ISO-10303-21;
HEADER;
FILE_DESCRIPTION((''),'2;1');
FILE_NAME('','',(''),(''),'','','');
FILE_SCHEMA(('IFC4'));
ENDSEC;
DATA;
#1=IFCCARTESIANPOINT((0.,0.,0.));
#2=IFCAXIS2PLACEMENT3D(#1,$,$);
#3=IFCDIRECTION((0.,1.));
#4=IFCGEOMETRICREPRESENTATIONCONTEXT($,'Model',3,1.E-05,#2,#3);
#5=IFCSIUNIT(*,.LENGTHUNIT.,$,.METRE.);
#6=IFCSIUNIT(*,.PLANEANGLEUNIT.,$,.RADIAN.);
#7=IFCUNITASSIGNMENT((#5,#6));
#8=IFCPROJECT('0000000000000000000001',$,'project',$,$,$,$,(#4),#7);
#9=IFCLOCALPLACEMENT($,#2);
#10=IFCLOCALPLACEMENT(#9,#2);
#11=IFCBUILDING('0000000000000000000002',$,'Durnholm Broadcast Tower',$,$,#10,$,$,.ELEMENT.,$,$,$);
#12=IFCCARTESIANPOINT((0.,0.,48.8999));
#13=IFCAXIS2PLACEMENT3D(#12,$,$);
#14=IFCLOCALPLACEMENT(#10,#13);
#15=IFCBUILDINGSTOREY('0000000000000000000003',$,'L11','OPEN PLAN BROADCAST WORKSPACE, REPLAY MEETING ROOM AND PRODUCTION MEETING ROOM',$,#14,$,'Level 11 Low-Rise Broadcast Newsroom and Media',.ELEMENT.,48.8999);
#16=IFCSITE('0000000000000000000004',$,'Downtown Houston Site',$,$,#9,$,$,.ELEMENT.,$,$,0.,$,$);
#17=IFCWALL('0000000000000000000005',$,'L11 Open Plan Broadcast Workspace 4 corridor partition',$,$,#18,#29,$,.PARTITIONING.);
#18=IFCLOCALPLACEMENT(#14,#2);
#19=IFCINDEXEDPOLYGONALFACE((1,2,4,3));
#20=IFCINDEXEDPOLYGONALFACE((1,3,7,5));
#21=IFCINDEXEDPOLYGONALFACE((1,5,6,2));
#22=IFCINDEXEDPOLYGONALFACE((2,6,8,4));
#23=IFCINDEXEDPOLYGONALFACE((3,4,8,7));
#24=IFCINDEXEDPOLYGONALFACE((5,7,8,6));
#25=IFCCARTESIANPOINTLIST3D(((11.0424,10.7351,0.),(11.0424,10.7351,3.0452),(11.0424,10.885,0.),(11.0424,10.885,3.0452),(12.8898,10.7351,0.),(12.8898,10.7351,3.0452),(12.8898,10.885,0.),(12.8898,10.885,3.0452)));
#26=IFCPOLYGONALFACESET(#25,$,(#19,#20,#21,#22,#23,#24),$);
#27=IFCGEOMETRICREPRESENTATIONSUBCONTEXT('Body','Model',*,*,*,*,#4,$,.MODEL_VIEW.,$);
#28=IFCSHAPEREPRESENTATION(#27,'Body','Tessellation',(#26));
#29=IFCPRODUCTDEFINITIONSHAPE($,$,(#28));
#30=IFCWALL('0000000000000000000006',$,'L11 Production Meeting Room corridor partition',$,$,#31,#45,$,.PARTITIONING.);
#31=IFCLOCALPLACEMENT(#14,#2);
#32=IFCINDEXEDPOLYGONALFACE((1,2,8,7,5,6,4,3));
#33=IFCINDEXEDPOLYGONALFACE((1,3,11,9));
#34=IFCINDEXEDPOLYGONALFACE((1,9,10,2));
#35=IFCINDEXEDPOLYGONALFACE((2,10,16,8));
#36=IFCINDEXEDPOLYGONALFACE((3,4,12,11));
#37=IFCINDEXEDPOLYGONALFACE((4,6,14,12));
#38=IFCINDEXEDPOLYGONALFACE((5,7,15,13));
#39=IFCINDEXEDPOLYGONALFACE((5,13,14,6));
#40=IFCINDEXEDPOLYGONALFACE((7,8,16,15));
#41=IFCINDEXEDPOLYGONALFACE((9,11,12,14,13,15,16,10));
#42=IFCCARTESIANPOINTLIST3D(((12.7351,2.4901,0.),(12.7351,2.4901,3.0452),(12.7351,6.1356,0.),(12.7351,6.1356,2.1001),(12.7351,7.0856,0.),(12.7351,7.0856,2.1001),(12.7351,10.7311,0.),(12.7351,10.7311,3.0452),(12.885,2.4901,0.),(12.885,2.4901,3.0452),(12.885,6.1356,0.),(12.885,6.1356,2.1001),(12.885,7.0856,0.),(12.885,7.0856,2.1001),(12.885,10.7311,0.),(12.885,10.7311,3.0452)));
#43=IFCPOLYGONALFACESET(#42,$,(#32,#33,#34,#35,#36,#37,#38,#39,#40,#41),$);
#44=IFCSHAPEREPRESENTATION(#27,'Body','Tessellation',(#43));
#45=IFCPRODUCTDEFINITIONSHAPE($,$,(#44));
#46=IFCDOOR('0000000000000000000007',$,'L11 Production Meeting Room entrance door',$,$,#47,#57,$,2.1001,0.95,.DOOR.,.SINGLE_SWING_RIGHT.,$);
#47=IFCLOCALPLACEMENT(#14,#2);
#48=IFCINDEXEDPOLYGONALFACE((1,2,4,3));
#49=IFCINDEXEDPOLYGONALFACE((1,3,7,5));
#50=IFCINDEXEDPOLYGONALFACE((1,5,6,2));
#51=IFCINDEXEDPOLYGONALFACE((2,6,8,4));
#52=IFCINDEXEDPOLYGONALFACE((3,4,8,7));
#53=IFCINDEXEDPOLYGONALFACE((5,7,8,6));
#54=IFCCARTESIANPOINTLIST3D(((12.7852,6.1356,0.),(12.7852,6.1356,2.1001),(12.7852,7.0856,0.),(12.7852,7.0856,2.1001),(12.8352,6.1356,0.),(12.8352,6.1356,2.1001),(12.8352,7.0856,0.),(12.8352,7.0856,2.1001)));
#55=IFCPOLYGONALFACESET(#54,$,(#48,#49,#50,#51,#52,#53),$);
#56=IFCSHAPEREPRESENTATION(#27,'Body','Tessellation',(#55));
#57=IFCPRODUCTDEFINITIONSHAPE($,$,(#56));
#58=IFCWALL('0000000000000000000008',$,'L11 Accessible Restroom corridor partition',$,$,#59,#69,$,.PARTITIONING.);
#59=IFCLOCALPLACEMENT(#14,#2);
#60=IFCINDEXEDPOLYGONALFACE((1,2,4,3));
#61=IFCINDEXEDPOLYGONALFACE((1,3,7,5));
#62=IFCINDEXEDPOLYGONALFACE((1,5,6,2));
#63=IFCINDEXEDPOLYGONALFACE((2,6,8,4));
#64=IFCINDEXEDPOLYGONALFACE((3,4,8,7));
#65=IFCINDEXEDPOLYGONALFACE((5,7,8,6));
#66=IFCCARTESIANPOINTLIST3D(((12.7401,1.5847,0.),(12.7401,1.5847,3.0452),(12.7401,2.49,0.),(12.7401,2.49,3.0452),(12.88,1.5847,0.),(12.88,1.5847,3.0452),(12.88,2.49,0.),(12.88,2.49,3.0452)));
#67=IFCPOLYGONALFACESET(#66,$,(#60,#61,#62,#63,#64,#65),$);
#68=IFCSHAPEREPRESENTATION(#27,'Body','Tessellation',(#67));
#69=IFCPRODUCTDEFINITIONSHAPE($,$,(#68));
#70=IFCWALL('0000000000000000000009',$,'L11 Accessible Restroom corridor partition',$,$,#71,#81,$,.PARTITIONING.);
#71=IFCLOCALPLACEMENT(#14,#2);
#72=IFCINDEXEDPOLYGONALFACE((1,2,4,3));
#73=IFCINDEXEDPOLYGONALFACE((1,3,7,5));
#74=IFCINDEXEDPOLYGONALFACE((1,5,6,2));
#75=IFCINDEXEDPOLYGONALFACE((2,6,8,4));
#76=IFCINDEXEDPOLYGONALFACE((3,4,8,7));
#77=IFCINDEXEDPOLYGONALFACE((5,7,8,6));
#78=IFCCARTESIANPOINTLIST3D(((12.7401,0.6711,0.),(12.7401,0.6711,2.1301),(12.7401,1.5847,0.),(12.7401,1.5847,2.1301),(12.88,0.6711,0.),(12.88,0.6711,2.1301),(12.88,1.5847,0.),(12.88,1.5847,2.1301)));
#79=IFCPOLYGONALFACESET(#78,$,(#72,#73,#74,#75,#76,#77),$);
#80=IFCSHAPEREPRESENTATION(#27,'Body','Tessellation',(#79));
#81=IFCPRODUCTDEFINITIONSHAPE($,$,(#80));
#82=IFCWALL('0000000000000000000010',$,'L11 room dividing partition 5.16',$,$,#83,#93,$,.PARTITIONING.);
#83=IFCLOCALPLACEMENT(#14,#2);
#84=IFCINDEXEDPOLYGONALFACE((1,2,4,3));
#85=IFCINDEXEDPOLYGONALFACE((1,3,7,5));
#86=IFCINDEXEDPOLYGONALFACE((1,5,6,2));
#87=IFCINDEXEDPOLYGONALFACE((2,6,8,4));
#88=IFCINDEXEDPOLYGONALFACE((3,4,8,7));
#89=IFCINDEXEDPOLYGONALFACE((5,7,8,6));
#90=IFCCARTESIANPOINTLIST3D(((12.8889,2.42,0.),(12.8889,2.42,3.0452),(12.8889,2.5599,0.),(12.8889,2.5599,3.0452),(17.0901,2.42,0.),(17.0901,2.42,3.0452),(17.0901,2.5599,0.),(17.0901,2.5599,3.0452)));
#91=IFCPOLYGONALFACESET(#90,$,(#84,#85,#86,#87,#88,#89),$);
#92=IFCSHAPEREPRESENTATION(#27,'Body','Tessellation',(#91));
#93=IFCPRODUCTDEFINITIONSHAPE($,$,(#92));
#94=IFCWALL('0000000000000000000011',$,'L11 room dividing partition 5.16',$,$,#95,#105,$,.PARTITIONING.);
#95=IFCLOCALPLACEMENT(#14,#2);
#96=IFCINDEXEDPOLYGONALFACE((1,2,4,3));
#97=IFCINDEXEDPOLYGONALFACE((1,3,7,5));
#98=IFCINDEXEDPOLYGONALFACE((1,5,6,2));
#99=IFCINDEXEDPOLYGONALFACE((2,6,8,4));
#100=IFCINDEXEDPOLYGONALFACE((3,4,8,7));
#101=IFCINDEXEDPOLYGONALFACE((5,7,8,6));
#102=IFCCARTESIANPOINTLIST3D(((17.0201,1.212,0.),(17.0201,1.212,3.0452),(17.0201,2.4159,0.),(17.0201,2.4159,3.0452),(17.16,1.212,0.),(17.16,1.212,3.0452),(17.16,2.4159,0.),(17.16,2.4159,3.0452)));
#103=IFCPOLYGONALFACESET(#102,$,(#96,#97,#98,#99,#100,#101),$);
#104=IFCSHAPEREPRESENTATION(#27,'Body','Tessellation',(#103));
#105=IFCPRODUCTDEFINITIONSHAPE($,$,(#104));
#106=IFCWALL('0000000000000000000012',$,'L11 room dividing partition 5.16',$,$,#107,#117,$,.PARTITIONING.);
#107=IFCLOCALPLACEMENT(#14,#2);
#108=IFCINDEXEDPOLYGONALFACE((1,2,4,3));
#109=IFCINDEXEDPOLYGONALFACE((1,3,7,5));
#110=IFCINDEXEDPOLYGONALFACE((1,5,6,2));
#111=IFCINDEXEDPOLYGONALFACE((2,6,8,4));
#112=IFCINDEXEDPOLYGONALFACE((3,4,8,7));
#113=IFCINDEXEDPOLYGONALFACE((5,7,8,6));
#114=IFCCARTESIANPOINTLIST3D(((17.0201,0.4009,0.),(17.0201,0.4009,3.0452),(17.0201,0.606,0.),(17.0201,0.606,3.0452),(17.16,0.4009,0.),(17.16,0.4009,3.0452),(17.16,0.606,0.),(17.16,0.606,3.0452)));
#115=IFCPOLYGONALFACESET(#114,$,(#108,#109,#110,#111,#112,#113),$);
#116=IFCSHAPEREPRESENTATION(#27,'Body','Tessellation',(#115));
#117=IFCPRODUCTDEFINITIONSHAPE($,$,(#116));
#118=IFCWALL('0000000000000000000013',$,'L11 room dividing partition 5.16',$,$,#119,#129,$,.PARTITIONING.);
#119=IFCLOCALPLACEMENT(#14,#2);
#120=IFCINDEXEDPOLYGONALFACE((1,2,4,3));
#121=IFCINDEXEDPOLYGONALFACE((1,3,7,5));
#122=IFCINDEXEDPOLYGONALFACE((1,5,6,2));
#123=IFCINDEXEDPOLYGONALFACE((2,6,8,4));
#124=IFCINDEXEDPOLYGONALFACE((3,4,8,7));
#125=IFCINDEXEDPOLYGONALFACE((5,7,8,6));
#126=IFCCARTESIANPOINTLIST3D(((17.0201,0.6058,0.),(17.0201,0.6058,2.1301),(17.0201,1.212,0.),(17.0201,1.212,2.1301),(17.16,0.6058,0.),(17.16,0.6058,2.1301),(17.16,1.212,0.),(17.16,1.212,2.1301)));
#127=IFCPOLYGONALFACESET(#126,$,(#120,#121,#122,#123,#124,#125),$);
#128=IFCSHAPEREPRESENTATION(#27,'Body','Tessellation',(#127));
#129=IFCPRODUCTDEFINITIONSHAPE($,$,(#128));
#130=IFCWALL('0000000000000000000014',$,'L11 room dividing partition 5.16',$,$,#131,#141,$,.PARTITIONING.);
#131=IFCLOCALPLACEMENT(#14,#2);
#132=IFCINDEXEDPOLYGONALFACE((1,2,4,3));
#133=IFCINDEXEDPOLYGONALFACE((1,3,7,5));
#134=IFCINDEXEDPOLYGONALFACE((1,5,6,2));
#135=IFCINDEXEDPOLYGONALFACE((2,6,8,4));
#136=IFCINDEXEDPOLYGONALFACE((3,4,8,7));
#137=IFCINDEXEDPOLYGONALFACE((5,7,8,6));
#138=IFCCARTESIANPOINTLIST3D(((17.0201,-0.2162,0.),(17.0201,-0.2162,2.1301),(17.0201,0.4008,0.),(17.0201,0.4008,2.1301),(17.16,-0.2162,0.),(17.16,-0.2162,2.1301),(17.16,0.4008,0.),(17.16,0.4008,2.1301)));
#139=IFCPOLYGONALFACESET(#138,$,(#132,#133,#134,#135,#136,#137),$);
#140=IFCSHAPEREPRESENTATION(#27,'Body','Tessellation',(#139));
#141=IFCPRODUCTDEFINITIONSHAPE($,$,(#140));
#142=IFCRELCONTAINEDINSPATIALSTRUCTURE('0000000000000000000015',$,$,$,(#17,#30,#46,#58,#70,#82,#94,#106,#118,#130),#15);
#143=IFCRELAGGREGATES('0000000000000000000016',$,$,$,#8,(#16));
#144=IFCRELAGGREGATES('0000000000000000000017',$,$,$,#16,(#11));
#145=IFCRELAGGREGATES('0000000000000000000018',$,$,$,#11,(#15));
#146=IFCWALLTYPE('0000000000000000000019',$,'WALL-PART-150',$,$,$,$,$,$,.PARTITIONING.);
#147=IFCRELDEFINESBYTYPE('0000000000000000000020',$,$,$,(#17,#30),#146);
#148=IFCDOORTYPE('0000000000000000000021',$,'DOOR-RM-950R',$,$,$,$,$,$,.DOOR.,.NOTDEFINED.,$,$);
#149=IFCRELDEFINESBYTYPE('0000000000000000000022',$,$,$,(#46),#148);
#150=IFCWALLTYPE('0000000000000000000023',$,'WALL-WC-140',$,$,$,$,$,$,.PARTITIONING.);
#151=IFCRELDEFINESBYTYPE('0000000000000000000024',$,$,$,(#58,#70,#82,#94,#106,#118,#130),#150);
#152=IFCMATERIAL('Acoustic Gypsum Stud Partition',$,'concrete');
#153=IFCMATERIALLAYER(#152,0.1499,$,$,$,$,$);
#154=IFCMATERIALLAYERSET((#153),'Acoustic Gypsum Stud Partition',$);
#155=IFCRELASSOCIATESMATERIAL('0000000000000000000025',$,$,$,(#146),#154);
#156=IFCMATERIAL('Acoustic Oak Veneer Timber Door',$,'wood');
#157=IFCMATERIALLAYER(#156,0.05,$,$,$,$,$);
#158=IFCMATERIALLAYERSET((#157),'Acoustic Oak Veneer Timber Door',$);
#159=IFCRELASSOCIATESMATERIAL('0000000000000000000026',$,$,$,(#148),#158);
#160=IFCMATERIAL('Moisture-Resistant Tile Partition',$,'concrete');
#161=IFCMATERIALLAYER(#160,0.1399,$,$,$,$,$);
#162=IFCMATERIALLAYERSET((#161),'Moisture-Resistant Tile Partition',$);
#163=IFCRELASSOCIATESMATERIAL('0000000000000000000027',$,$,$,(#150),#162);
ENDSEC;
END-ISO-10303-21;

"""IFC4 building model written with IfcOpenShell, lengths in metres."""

from ifc_helpers import new_model, si_unit, direction, frame, frame_2d, origin, place, context, subcontext, project, spatial, rectangle, extrude, source, transform, mapped, material, layer, layer_set, type_object, type_shapes, element, fill, save


model = new_model("IFC4")

# Units and contexts
model_context = context("Model", 3, precision=1e-05, world=origin(), true_north=direction((0.0, 1.0)))
body_context = subcontext(model_context, "Body", "Model", "MODEL_VIEW")
ifc_project = project(units=[si_unit("LENGTHUNIT", "METRE"), si_unit("PLANEANGLEUNIT", "RADIAN")], contexts=[model_context])

# Site, building, storey
site_placement = place(None, origin())
site = spatial("IfcSite", under=ifc_project, at=site_placement, Name="Downtown Houston Site", CompositionType="ELEMENT", RefElevation=0.0)
building_placement = place(site_placement, origin())
building = spatial("IfcBuilding", under=site, at=building_placement, Name="Durnholm Broadcast Tower", CompositionType="ELEMENT")
storey_placement = place(building_placement, frame((0.0, 0.0, 48.8999)))
storey = spatial("IfcBuildingStorey", under=building, at=storey_placement, Name="L11", Description="OPEN PLAN BROADCAST WORKSPACE, REPLAY MEETING ROOM AND PRODUCTION MEETING ROOM", LongName="Level 11 Low-Rise Broadcast Newsroom and Media", CompositionType="ELEMENT", Elevation=48.8999)

# Wall
ifc_material_1 = material(Name="Acoustic Gypsum Stud Partition", Category="concrete")
ifc_layer_1 = layer(ifc_material_1, 0.1499)
ifc_layer_set_1 = layer_set([ifc_layer_1], Name="Acoustic Gypsum Stud Partition")
wall_type_1 = type_object("IfcWallType", Name="WALL-PART-150", PredefinedType="PARTITIONING", material=ifc_layer_set_1)
wall_1_placement = place(storey_placement, frame((12.8899, 10.8101, 0.0), z_axis=(0.0, 0.0, 1.0), x_axis=(-1.0, 0.0, 0.0)))
element("IfcWall", 1, at=wall_1_placement, inside=storey, type_object=wall_type_1, Name="L11 Open Plan Broadcast Workspace 4 corridor partition", PredefinedType="PARTITIONING", context=body_context, shape_type="SweptSolid", body=[
    extrude(rectangle(XDim=1.8474, YDim=0.1499, at=frame_2d((0.9238, 0.0))), origin(), (0.0, 0.0, 1.0), 3.0452),
])

# Wall, opening, door
wall_2_placement = place(storey_placement, frame((12.8101, 2.49, 0.0), z_axis=(0.0, 0.0, 1.0), x_axis=(0.0, 1.0, 0.0)))
wall_2 = element("IfcWall", 2, at=wall_2_placement, inside=storey, type_object=wall_type_1, Name="L11 Production Meeting Room corridor partition", PredefinedType="PARTITIONING", context=body_context, shape_type="SweptSolid", body=[
    extrude(rectangle(XDim=8.241, YDim=0.1499, at=frame_2d((4.1206, 0.0))), origin(), (0.0, 0.0, 1.0), 3.0452),
])
opening_placement = place(wall_2_placement, frame((3.6455, 0.0, 0.0)))
opening = element("IfcOpeningElement", 3, at=opening_placement, cuts=wall_2, PredefinedType="OPENING", context=body_context, shape_type="SweptSolid", body=[
    extrude(rectangle(XDim=0.95, YDim=2.1001, at=frame_2d((0.4751, 1.05))), frame((0.0, 0.085, 0.0), z_axis=(0.0, -1.0, 0.0), x_axis=(1.0, 0.0, 0.0)), (0.0, 0.0, 1.0), 0.1699),
])
ifc_material_2 = material(Name="Acoustic Oak Veneer Timber Door", Category="wood")
ifc_layer_2 = layer(ifc_material_2, 0.05)
ifc_layer_set_2 = layer_set([ifc_layer_2], Name="Acoustic Oak Veneer Timber Door")
door_type = type_object("IfcDoorType", Name="DOOR-RM-950R", OperationType="NOTDEFINED", PredefinedType="DOOR", material=ifc_layer_set_2)
shared_shape_1 = source(origin(), body_context, "Body", "SweptSolid", [
    extrude(rectangle(XDim=0.95, YDim=2.1001, at=frame_2d((0.4751, 1.05))), frame((0.0, 0.0249, 0.0), z_axis=(0.0, -1.0, 0.0), x_axis=(1.0, 0.0, 0.0)), (0.0, 0.0, 1.0), 0.05),
])
type_shapes(door_type, [shared_shape_1])
door_placement = place(opening_placement, origin())
door = element("IfcDoor", 4, at=door_placement, inside=storey, type_object=door_type, Name="L11 Production Meeting Room entrance door", OperationType="SINGLE_SWING_RIGHT", OverallHeight=2.1001, OverallWidth=0.95, PredefinedType="DOOR", context=body_context, shape_type="MappedRepresentation", body=[
    mapped(shared_shape_1, transform((0.0, 0.0, 0.0), x_axis=(1.0, 0.0, 0.0), y_axis=(0.0, 1.0, 0.0), z_axis=(0.0, 0.0, 1.0), scale=1.0)),
])
fill(opening, door)

# Walls
ifc_material_3 = material(Name="Moisture-Resistant Tile Partition", Category="concrete")
ifc_layer_3 = layer(ifc_material_3, 0.1399)
ifc_layer_set_3 = layer_set([ifc_layer_3], Name="Moisture-Resistant Tile Partition")
wall_type_2 = type_object("IfcWallType", Name="WALL-WC-140", PredefinedType="PARTITIONING", material=ifc_layer_set_3)
wall_3_placement = place(storey_placement, frame((12.8101, 1.5847, 0.0), z_axis=(0.0, 0.0, 1.0), x_axis=(0.0, 1.0, 0.0)))
element("IfcWall", 5, at=wall_3_placement, inside=storey, type_object=wall_type_2, Name="L11 Accessible Restroom corridor partition", PredefinedType="PARTITIONING", context=body_context, shape_type="SweptSolid", body=[
    extrude(rectangle(XDim=0.9053, YDim=0.1399, at=frame_2d((0.4526, 0.0))), origin(), (0.0, 0.0, 1.0), 3.0452),
])
wall_4_placement = place(storey_placement, frame((12.8101, 0.6711, 0.0), z_axis=(0.0, 0.0, 1.0), x_axis=(0.0, 1.0, 0.0)))
element("IfcWall", 6, at=wall_4_placement, inside=storey, type_object=wall_type_2, Name="L11 Accessible Restroom corridor partition", PredefinedType="PARTITIONING", context=body_context, shape_type="SweptSolid", body=[
    extrude(rectangle(XDim=0.9136, YDim=0.1399, at=frame_2d((0.4568, 0.0))), origin(), (0.0, 0.0, 1.0), 2.1301),
])
wall_5_placement = place(storey_placement, frame((12.8889, 2.49, 0.0), z_axis=(0.0, 0.0, 1.0), x_axis=(1.0, 0.0, 0.0)))
element("IfcWall", 7, at=wall_5_placement, inside=storey, type_object=wall_type_2, Name="L11 room dividing partition 5.16", PredefinedType="PARTITIONING", context=body_context, shape_type="SweptSolid", body=[
    extrude(rectangle(XDim=4.2012, YDim=0.1399, at=frame_2d((2.1006, 0.0))), origin(), (0.0, 0.0, 1.0), 3.0452),
])
wall_6_placement = place(storey_placement, frame((17.0901, 2.416, 0.0), z_axis=(0.0, 0.0, 1.0), x_axis=(0.0, -1.0, 0.0)))
element("IfcWall", 8, at=wall_6_placement, inside=storey, type_object=wall_type_2, Name="L11 room dividing partition 5.16", PredefinedType="PARTITIONING", context=body_context, shape_type="SweptSolid", body=[
    extrude(rectangle(XDim=1.2039, YDim=0.1399, at=frame_2d((0.6021, 0.0))), origin(), (0.0, 0.0, 1.0), 3.0452),
])
wall_7_placement = place(storey_placement, frame((17.0901, 0.606, 0.0), z_axis=(0.0, 0.0, 1.0), x_axis=(0.0, -1.0, 0.0)))
element("IfcWall", 9, at=wall_7_placement, inside=storey, type_object=wall_type_2, Name="L11 room dividing partition 5.16", PredefinedType="PARTITIONING", context=body_context, shape_type="SweptSolid", body=[
    extrude(rectangle(XDim=0.2051, YDim=0.1399, at=frame_2d((0.1025, 0.0))), origin(), (0.0, 0.0, 1.0), 3.0452),
])
wall_8_placement = place(storey_placement, frame((17.0901, 1.2122, 0.0), z_axis=(0.0, 0.0, 1.0), x_axis=(0.0, -1.0, 0.0)))
element("IfcWall", 10, at=wall_8_placement, inside=storey, type_object=wall_type_2, Name="L11 room dividing partition 5.16", PredefinedType="PARTITIONING", context=body_context, shape_type="SweptSolid", body=[
    extrude(rectangle(XDim=0.6062, YDim=0.1399, at=frame_2d((0.3032, 0.0))), origin(), (0.0, 0.0, 1.0), 2.1301),
])
wall_9_placement = place(storey_placement, frame((17.0901, 0.4009, 0.0), z_axis=(0.0, 0.0, 1.0), x_axis=(0.0, -1.0, 0.0)))
element("IfcWall", 11, at=wall_9_placement, inside=storey, type_object=wall_type_2, Name="L11 room dividing partition 5.16", PredefinedType="PARTITIONING", context=body_context, shape_type="SweptSolid", body=[
    extrude(rectangle(XDim=0.6169, YDim=0.1399, at=frame_2d((0.3086, 0.0))), origin(), (0.0, 0.0, 1.0), 2.1301),
])

save(model, "model.ifc")
